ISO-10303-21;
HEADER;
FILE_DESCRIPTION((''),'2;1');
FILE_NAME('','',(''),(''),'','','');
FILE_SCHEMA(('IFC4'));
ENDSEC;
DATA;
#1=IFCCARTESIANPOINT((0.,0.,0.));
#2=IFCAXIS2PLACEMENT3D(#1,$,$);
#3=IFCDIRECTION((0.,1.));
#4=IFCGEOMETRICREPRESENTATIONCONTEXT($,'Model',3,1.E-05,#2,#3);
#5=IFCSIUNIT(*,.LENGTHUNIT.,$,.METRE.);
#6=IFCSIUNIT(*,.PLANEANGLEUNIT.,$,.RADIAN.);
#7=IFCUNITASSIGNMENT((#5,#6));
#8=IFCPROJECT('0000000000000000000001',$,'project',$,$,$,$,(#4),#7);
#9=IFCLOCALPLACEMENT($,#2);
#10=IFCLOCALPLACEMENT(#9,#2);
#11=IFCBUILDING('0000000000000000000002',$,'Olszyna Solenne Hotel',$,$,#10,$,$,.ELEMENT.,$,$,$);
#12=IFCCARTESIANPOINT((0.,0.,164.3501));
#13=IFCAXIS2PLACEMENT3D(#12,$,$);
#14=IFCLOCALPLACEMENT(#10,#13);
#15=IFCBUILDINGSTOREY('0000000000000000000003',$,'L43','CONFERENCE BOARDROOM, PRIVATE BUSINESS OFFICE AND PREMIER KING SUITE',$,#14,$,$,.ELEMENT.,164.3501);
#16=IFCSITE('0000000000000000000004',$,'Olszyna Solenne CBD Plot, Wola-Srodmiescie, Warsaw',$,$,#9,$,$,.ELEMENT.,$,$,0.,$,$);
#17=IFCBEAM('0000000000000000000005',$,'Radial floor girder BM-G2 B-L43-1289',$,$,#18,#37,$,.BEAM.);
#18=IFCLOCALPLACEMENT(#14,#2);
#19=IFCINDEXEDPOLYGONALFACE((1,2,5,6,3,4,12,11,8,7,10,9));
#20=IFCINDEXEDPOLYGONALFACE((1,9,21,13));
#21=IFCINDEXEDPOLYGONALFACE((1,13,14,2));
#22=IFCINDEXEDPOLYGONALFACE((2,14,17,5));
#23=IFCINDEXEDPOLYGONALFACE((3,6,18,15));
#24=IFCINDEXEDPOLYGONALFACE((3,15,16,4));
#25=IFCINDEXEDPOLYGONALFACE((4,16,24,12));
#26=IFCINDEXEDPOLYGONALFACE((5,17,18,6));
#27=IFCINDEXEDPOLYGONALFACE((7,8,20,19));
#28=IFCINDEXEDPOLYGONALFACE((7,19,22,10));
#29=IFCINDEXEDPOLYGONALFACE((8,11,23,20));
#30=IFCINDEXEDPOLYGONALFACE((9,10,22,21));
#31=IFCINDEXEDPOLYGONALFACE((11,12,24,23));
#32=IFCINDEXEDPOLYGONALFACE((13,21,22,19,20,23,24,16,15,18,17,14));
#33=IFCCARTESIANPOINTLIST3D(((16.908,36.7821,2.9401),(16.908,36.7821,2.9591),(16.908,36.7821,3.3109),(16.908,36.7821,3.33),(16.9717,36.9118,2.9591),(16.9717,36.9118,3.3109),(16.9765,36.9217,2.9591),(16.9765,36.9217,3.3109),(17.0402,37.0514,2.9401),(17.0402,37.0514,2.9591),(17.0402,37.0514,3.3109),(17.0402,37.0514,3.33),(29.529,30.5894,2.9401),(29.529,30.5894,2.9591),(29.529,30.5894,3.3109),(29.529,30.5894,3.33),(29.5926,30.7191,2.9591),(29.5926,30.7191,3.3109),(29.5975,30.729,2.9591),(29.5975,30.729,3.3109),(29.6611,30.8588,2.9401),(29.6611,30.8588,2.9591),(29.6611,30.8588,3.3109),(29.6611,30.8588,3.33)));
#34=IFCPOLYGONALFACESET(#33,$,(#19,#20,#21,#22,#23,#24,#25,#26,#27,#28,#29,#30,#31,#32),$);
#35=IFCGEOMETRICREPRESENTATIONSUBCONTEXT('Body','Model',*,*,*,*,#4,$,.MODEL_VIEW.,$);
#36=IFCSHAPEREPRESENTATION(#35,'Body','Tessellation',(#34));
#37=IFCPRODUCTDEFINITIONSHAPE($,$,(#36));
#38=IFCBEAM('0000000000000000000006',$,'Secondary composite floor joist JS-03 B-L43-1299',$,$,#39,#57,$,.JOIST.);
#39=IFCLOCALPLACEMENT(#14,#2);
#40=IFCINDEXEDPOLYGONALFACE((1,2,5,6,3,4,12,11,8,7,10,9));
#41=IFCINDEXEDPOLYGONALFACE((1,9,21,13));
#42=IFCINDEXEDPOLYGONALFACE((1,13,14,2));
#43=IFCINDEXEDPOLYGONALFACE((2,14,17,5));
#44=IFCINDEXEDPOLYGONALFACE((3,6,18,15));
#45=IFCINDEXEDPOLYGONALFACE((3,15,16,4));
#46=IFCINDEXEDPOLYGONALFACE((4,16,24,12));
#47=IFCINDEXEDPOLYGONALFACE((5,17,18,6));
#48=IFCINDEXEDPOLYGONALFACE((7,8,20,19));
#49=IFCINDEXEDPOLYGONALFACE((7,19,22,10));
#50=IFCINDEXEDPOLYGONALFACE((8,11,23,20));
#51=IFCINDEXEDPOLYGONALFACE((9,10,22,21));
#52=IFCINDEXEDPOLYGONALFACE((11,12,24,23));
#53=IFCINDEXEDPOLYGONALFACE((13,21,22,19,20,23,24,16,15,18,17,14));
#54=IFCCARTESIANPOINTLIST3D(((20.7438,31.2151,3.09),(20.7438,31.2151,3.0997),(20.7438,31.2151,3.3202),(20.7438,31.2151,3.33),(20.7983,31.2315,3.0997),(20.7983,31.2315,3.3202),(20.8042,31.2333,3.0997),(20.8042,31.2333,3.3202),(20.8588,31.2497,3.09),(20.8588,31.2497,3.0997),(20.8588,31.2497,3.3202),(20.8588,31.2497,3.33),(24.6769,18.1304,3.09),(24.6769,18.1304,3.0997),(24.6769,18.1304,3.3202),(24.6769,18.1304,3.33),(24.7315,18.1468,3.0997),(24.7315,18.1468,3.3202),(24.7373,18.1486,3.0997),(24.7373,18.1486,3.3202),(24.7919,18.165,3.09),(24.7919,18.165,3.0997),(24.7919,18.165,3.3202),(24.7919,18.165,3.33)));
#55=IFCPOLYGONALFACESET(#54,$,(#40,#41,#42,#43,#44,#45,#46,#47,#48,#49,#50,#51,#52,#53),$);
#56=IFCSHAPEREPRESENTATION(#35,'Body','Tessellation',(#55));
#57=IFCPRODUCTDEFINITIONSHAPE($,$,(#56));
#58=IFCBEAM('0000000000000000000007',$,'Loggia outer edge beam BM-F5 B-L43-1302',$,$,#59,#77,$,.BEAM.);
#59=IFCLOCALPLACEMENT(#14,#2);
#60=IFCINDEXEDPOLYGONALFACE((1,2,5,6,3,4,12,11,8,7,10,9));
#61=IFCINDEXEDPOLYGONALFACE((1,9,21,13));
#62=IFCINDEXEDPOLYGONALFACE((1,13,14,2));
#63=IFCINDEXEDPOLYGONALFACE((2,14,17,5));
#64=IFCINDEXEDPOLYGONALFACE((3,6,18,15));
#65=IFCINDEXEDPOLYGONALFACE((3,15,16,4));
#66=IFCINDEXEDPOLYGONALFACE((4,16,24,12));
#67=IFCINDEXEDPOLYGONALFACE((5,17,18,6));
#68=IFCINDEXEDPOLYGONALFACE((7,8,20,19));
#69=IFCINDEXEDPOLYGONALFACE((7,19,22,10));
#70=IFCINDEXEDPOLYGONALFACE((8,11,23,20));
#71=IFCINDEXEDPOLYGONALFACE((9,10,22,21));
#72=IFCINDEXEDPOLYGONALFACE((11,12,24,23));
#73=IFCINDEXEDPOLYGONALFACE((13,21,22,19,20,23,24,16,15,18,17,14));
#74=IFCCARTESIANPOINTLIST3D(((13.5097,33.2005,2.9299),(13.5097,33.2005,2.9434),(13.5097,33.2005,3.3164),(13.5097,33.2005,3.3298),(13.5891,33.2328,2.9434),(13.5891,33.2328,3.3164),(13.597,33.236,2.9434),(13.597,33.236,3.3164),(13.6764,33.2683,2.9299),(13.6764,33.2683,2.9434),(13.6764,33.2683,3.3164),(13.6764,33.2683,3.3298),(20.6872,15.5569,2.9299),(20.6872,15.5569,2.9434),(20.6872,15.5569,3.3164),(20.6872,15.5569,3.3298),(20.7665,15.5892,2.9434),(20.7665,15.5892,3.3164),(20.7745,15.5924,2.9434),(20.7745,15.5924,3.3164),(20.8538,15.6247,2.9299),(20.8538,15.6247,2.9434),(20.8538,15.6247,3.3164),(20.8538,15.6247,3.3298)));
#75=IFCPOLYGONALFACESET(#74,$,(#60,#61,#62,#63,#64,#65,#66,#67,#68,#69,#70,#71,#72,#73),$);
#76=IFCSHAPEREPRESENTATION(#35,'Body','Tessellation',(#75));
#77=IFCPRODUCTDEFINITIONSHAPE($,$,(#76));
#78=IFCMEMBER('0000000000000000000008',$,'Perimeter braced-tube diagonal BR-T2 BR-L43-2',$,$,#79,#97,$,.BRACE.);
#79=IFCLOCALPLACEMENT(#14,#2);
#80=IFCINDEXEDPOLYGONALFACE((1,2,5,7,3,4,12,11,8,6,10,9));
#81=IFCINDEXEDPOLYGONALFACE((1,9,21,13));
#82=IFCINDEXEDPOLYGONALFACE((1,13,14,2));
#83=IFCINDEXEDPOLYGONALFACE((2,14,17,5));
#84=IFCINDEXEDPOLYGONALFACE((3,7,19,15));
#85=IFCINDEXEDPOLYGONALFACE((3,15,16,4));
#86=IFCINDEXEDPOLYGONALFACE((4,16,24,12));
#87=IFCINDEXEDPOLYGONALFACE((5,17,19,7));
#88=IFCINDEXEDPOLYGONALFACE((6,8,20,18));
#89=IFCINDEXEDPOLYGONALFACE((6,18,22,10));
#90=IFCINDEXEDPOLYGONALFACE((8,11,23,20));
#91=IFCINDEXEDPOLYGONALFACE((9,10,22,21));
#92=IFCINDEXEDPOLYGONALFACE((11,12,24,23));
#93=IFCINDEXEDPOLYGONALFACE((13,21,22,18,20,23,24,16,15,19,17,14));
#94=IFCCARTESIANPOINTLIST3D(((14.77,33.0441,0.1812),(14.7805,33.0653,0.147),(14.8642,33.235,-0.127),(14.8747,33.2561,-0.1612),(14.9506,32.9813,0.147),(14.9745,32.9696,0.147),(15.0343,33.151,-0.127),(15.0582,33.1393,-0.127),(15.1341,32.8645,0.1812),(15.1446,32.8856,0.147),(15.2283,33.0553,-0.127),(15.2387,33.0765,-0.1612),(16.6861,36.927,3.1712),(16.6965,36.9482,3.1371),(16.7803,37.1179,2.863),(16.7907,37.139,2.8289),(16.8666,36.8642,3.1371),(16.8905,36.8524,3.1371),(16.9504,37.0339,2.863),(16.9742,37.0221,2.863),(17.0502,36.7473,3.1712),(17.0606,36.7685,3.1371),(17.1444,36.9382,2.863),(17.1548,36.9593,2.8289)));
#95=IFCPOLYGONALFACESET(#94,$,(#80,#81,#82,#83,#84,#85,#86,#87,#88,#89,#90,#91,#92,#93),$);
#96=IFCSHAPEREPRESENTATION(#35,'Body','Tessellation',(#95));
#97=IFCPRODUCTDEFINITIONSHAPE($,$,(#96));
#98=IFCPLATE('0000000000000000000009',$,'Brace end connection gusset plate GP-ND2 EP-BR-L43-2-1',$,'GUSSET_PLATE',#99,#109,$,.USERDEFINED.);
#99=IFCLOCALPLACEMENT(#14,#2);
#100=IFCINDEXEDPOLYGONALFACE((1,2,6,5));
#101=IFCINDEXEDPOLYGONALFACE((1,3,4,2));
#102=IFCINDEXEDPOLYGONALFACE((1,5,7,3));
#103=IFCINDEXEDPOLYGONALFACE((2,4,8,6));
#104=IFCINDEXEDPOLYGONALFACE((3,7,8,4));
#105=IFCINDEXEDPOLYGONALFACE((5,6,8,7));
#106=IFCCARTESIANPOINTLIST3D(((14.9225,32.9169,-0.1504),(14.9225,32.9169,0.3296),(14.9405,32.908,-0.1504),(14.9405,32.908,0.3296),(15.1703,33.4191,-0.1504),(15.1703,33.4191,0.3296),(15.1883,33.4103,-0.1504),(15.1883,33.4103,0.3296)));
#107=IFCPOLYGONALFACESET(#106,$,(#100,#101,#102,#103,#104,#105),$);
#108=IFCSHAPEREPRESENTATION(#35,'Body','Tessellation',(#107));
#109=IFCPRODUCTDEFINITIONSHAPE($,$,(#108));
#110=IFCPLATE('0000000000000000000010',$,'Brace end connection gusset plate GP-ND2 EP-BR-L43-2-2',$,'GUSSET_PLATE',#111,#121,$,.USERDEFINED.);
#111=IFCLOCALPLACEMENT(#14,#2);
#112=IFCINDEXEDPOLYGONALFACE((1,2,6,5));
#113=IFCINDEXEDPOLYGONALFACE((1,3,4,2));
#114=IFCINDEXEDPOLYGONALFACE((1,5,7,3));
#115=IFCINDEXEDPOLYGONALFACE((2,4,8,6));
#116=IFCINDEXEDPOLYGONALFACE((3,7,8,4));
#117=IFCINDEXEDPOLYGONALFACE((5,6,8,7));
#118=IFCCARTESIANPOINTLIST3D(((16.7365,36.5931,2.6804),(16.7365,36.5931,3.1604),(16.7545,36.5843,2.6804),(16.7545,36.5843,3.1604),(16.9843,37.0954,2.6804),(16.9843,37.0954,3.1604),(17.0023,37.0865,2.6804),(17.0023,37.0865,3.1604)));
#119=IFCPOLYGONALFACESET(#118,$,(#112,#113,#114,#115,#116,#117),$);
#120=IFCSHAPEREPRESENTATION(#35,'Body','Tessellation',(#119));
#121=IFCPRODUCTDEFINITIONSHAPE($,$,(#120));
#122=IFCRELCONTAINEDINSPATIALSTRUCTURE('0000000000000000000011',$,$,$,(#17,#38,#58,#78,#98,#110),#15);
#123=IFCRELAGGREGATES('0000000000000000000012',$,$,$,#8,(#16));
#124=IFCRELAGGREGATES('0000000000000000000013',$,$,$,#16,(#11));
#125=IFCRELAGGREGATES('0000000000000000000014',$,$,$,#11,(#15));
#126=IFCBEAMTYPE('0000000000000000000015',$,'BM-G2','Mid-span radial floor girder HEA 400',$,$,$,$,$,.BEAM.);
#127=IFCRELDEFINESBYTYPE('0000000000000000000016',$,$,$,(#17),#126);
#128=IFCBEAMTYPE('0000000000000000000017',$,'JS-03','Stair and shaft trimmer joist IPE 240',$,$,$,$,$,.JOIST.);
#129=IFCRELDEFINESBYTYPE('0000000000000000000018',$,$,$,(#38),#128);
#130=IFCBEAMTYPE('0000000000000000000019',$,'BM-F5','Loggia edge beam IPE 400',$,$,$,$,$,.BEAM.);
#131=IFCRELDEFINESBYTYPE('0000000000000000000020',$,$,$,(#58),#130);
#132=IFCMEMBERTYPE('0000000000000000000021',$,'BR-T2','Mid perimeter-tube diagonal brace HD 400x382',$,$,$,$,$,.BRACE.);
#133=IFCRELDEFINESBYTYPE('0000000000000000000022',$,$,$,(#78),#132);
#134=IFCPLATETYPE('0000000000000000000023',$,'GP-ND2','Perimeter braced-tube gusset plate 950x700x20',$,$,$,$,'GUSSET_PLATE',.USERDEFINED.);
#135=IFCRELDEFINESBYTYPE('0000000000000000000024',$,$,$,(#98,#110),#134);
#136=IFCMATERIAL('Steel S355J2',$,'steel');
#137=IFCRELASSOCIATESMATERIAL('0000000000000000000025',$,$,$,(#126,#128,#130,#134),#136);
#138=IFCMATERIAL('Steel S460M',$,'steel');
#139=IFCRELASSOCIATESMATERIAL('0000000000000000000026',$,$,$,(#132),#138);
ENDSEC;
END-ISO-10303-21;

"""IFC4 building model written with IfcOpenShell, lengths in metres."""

from ifc_helpers import new_model, si_unit, direction, frame, origin, origin_2d, place, context, subcontext, project, spatial, rectangle, i_section, extrude, source, transform, mapped, material, material_profile, profile_set, type_object, element, save


model = new_model("IFC4")

# Units and contexts
model_context = context("Model", 3, precision=1e-05, world=origin(), true_north=direction((0.0, 1.0)))
body_context = subcontext(model_context, "Body", "Model", "MODEL_VIEW")
ifc_project = project(units=[si_unit("LENGTHUNIT", "METRE"), si_unit("PLANEANGLEUNIT", "RADIAN")], contexts=[model_context])

# Site, building, storey
site_placement = place(None, origin())
site = spatial("IfcSite", under=ifc_project, at=site_placement, Name="Olszyna Solenne CBD Plot, Wola-Srodmiescie, Warsaw", CompositionType="ELEMENT", RefElevation=0.0)
building_placement = place(site_placement, origin())
building = spatial("IfcBuilding", under=site, at=building_placement, Name="Olszyna Solenne Hotel", CompositionType="ELEMENT")
storey_placement = place(building_placement, frame((0.0, 0.0, 164.3501)))
storey = spatial("IfcBuildingStorey", under=building, at=storey_placement, Name="L43", Description="CONFERENCE BOARDROOM, PRIVATE BUSINESS OFFICE AND PREMIER KING SUITE", CompositionType="ELEMENT", Elevation=164.3501)

# Shared definitions
ifc_material_1 = material(Name="Steel S460M", Category="steel")

# Beams
ifc_material_2 = material(Name="Steel S355J2", Category="steel")
ifc_material_profile_1 = material_profile(ifc_material_2, i_section(OverallWidth=0.3, OverallDepth=0.3899, WebThickness=0.011, FlangeThickness=0.019, at=origin_2d()), Name="HEA 400", Category="load-bearing")
ifc_profile_set_1 = profile_set([ifc_material_profile_1], Name="Steel S355J2")
beam_type_1 = type_object("IfcBeamType", Name="BM-G2", Description="Mid-span radial floor girder HEA 400", PredefinedType="BEAM", material=ifc_profile_set_1)
shared_shape_1 = source(origin(), body_context, "Body", "SweptSolid", [
    extrude(i_section(OverallWidth=0.3, OverallDepth=0.3899, WebThickness=0.011, FlangeThickness=0.019, at=origin_2d()), origin(), (0.0, 0.0, 1.0), 14.0583),
])
beam_1_placement = place(storey_placement, frame((16.9741, 36.9167, 3.135), z_axis=(0.897754, -0.440498, 0.0), x_axis=(0.440498, 0.897754, 0.0)))
element("IfcBeam", 1, at=beam_1_placement, inside=storey, type_object=beam_type_1, Name="Radial floor girder BM-G2 B-L43-1289", PredefinedType="BEAM", context=body_context, shape_type="MappedRepresentation", body=[
    mapped(shared_shape_1, transform((0.0, 0.0, 0.0), x_axis=(1.0, 0.0, 0.0), y_axis=(0.0, 1.0, 0.0), z_axis=(0.0, 0.0, 1.0), scale=1.0)),
])
ifc_material_profile_2 = material_profile(ifc_material_2, i_section(OverallWidth=0.1201, OverallDepth=0.24, WebThickness=0.0061, FlangeThickness=0.0098, at=origin_2d()), Name="IPE 240", Category="load-bearing")
ifc_profile_set_2 = profile_set([ifc_material_profile_2], Name="Steel S355J2")
beam_type_2 = type_object("IfcBeamType", Name="JS-03", Description="Stair and shaft trimmer joist IPE 240", PredefinedType="JOIST", material=ifc_profile_set_2)
shared_shape_2 = source(origin(), body_context, "Body", "SweptSolid", [
    extrude(i_section(OverallWidth=0.1201, OverallDepth=0.24, WebThickness=0.0061, FlangeThickness=0.0098, at=origin_2d()), origin(), (0.0, 0.0, 1.0), 13.6631),
])
beam_2_placement = place(storey_placement, frame((20.8013, 31.2324, 3.21), z_axis=(0.287864, -0.957671, 0.0), x_axis=(0.957671, 0.287864, 0.0)))
element("IfcBeam", 2, at=beam_2_placement, inside=storey, type_object=beam_type_2, Name="Secondary composite floor joist JS-03 B-L43-1299", PredefinedType="JOIST", context=body_context, shape_type="MappedRepresentation", body=[
    mapped(shared_shape_2, transform((0.0, 0.0, 0.0), x_axis=(1.0, 0.0, 0.0), y_axis=(0.0, 1.0, 0.0), z_axis=(0.0, 0.0, 1.0), scale=1.0)),
])
ifc_material_profile_3 = material_profile(ifc_material_2, i_section(OverallWidth=0.1799, OverallDepth=0.3999, WebThickness=0.0085, FlangeThickness=0.0134, at=origin_2d()), Name="IPE 400", Category="load-bearing")
ifc_profile_set_3 = profile_set([ifc_material_profile_3], Name="Steel S355J2")
beam_type_3 = type_object("IfcBeamType", Name="BM-F5", Description="Loggia edge beam IPE 400", PredefinedType="BEAM", material=ifc_profile_set_3)
shared_shape_3 = source(origin(), body_context, "Body", "SweptSolid", [
    extrude(i_section(OverallWidth=0.1799, OverallDepth=0.3999, WebThickness=0.0085, FlangeThickness=0.0134, at=origin_2d()), origin(), (0.0, 0.0, 1.0), 19.0476),
])
beam_3_placement = place(storey_placement, frame((13.593, 33.2344, 3.1299), z_axis=(0.376818, -0.926287, 0.0), x_axis=(0.926287, 0.376818, 0.0)))
element("IfcBeam", 3, at=beam_3_placement, inside=storey, type_object=beam_type_3, Name="Loggia outer edge beam BM-F5 B-L43-1302", PredefinedType="BEAM", context=body_context, shape_type="MappedRepresentation", body=[
    mapped(shared_shape_3, transform((0.0, 0.0, 0.0), x_axis=(1.0, 0.0, 0.0), y_axis=(0.0, 1.0, 0.0), z_axis=(0.0, 0.0, 1.0), scale=1.0)),
])

# Member
ifc_material_profile_4 = material_profile(ifc_material_1, i_section(OverallWidth=0.406, OverallDepth=0.416, WebThickness=0.0266, FlangeThickness=0.0415, at=origin_2d()), Name="HD 400x382", Category="load-bearing")
ifc_profile_set_4 = profile_set([ifc_material_profile_4], Name="Steel S460M")
member_type = type_object("IfcMemberType", Name="BR-T2", Description="Mid perimeter-tube diagonal brace HD 400x382", PredefinedType="BRACE", material=ifc_profile_set_4)
shared_shape_4 = source(origin(), body_context, "Body", "SweptSolid", [
    extrude(i_section(OverallWidth=0.406, OverallDepth=0.416, WebThickness=0.0266, FlangeThickness=0.0415, at=origin_2d()), origin(), (0.0, 0.0, 1.0), 5.262),
])
member_placement = place(storey_placement, frame((15.0044, 33.0603, 0.01), z_axis=(0.364131, 0.737913, 0.568236), x_axis=(-0.896761, 0.442516, 0.0)))
element("IfcMember", 4, at=member_placement, inside=storey, type_object=member_type, Name="Perimeter braced-tube diagonal BR-T2 BR-L43-2", PredefinedType="BRACE", context=body_context, shape_type="MappedRepresentation", body=[
    mapped(shared_shape_4, transform((0.0, 0.0, 0.0), x_axis=(1.0, 0.0, 0.0), y_axis=(0.0, 1.0, 0.0), z_axis=(0.0, 0.0, 1.0), scale=1.0)),
])

# Plates
plate_type = type_object("IfcPlateType", Name="GP-ND2", Description="Perimeter braced-tube gusset plate 950x700x20", ElementType="GUSSET_PLATE", PredefinedType="USERDEFINED", material=ifc_material_2)
shared_shape_5 = source(origin(), body_context, "Body", "SweptSolid", [
    extrude(rectangle(XDim=0.5601, YDim=0.02, at=origin_2d()), origin(), (0.0, 0.0, 1.0), 0.48),
])
for number, where, z_axis, x_axis, name in (
    (5, (15.0554, 33.1636, -0.1504), (0.0, 0.0, 1.0), (0.442445, 0.896796, 0.0), "Brace end connection gusset plate GP-ND2 EP-BR-L43-2-1"),
    (6, (16.8694, 36.8398, 2.6804), (0.0, 0.0, 1.0), (0.442445, 0.896796, 0.0), "Brace end connection gusset plate GP-ND2 EP-BR-L43-2-2"),
):
    element("IfcPlate", number, at=place(storey_placement, frame(where, z_axis=z_axis, x_axis=x_axis)), inside=storey, type_object=plate_type, Name=name, ObjectType="GUSSET_PLATE", PredefinedType="USERDEFINED", context=body_context, shape_type="MappedRepresentation", body=[
        mapped(shared_shape_5, transform((0.0, 0.0, 0.0), x_axis=(1.0, 0.0, 0.0), y_axis=(0.0, 1.0, 0.0), z_axis=(0.0, 0.0, 1.0), scale=1.0)),
    ])

save(model, "model.ifc")
